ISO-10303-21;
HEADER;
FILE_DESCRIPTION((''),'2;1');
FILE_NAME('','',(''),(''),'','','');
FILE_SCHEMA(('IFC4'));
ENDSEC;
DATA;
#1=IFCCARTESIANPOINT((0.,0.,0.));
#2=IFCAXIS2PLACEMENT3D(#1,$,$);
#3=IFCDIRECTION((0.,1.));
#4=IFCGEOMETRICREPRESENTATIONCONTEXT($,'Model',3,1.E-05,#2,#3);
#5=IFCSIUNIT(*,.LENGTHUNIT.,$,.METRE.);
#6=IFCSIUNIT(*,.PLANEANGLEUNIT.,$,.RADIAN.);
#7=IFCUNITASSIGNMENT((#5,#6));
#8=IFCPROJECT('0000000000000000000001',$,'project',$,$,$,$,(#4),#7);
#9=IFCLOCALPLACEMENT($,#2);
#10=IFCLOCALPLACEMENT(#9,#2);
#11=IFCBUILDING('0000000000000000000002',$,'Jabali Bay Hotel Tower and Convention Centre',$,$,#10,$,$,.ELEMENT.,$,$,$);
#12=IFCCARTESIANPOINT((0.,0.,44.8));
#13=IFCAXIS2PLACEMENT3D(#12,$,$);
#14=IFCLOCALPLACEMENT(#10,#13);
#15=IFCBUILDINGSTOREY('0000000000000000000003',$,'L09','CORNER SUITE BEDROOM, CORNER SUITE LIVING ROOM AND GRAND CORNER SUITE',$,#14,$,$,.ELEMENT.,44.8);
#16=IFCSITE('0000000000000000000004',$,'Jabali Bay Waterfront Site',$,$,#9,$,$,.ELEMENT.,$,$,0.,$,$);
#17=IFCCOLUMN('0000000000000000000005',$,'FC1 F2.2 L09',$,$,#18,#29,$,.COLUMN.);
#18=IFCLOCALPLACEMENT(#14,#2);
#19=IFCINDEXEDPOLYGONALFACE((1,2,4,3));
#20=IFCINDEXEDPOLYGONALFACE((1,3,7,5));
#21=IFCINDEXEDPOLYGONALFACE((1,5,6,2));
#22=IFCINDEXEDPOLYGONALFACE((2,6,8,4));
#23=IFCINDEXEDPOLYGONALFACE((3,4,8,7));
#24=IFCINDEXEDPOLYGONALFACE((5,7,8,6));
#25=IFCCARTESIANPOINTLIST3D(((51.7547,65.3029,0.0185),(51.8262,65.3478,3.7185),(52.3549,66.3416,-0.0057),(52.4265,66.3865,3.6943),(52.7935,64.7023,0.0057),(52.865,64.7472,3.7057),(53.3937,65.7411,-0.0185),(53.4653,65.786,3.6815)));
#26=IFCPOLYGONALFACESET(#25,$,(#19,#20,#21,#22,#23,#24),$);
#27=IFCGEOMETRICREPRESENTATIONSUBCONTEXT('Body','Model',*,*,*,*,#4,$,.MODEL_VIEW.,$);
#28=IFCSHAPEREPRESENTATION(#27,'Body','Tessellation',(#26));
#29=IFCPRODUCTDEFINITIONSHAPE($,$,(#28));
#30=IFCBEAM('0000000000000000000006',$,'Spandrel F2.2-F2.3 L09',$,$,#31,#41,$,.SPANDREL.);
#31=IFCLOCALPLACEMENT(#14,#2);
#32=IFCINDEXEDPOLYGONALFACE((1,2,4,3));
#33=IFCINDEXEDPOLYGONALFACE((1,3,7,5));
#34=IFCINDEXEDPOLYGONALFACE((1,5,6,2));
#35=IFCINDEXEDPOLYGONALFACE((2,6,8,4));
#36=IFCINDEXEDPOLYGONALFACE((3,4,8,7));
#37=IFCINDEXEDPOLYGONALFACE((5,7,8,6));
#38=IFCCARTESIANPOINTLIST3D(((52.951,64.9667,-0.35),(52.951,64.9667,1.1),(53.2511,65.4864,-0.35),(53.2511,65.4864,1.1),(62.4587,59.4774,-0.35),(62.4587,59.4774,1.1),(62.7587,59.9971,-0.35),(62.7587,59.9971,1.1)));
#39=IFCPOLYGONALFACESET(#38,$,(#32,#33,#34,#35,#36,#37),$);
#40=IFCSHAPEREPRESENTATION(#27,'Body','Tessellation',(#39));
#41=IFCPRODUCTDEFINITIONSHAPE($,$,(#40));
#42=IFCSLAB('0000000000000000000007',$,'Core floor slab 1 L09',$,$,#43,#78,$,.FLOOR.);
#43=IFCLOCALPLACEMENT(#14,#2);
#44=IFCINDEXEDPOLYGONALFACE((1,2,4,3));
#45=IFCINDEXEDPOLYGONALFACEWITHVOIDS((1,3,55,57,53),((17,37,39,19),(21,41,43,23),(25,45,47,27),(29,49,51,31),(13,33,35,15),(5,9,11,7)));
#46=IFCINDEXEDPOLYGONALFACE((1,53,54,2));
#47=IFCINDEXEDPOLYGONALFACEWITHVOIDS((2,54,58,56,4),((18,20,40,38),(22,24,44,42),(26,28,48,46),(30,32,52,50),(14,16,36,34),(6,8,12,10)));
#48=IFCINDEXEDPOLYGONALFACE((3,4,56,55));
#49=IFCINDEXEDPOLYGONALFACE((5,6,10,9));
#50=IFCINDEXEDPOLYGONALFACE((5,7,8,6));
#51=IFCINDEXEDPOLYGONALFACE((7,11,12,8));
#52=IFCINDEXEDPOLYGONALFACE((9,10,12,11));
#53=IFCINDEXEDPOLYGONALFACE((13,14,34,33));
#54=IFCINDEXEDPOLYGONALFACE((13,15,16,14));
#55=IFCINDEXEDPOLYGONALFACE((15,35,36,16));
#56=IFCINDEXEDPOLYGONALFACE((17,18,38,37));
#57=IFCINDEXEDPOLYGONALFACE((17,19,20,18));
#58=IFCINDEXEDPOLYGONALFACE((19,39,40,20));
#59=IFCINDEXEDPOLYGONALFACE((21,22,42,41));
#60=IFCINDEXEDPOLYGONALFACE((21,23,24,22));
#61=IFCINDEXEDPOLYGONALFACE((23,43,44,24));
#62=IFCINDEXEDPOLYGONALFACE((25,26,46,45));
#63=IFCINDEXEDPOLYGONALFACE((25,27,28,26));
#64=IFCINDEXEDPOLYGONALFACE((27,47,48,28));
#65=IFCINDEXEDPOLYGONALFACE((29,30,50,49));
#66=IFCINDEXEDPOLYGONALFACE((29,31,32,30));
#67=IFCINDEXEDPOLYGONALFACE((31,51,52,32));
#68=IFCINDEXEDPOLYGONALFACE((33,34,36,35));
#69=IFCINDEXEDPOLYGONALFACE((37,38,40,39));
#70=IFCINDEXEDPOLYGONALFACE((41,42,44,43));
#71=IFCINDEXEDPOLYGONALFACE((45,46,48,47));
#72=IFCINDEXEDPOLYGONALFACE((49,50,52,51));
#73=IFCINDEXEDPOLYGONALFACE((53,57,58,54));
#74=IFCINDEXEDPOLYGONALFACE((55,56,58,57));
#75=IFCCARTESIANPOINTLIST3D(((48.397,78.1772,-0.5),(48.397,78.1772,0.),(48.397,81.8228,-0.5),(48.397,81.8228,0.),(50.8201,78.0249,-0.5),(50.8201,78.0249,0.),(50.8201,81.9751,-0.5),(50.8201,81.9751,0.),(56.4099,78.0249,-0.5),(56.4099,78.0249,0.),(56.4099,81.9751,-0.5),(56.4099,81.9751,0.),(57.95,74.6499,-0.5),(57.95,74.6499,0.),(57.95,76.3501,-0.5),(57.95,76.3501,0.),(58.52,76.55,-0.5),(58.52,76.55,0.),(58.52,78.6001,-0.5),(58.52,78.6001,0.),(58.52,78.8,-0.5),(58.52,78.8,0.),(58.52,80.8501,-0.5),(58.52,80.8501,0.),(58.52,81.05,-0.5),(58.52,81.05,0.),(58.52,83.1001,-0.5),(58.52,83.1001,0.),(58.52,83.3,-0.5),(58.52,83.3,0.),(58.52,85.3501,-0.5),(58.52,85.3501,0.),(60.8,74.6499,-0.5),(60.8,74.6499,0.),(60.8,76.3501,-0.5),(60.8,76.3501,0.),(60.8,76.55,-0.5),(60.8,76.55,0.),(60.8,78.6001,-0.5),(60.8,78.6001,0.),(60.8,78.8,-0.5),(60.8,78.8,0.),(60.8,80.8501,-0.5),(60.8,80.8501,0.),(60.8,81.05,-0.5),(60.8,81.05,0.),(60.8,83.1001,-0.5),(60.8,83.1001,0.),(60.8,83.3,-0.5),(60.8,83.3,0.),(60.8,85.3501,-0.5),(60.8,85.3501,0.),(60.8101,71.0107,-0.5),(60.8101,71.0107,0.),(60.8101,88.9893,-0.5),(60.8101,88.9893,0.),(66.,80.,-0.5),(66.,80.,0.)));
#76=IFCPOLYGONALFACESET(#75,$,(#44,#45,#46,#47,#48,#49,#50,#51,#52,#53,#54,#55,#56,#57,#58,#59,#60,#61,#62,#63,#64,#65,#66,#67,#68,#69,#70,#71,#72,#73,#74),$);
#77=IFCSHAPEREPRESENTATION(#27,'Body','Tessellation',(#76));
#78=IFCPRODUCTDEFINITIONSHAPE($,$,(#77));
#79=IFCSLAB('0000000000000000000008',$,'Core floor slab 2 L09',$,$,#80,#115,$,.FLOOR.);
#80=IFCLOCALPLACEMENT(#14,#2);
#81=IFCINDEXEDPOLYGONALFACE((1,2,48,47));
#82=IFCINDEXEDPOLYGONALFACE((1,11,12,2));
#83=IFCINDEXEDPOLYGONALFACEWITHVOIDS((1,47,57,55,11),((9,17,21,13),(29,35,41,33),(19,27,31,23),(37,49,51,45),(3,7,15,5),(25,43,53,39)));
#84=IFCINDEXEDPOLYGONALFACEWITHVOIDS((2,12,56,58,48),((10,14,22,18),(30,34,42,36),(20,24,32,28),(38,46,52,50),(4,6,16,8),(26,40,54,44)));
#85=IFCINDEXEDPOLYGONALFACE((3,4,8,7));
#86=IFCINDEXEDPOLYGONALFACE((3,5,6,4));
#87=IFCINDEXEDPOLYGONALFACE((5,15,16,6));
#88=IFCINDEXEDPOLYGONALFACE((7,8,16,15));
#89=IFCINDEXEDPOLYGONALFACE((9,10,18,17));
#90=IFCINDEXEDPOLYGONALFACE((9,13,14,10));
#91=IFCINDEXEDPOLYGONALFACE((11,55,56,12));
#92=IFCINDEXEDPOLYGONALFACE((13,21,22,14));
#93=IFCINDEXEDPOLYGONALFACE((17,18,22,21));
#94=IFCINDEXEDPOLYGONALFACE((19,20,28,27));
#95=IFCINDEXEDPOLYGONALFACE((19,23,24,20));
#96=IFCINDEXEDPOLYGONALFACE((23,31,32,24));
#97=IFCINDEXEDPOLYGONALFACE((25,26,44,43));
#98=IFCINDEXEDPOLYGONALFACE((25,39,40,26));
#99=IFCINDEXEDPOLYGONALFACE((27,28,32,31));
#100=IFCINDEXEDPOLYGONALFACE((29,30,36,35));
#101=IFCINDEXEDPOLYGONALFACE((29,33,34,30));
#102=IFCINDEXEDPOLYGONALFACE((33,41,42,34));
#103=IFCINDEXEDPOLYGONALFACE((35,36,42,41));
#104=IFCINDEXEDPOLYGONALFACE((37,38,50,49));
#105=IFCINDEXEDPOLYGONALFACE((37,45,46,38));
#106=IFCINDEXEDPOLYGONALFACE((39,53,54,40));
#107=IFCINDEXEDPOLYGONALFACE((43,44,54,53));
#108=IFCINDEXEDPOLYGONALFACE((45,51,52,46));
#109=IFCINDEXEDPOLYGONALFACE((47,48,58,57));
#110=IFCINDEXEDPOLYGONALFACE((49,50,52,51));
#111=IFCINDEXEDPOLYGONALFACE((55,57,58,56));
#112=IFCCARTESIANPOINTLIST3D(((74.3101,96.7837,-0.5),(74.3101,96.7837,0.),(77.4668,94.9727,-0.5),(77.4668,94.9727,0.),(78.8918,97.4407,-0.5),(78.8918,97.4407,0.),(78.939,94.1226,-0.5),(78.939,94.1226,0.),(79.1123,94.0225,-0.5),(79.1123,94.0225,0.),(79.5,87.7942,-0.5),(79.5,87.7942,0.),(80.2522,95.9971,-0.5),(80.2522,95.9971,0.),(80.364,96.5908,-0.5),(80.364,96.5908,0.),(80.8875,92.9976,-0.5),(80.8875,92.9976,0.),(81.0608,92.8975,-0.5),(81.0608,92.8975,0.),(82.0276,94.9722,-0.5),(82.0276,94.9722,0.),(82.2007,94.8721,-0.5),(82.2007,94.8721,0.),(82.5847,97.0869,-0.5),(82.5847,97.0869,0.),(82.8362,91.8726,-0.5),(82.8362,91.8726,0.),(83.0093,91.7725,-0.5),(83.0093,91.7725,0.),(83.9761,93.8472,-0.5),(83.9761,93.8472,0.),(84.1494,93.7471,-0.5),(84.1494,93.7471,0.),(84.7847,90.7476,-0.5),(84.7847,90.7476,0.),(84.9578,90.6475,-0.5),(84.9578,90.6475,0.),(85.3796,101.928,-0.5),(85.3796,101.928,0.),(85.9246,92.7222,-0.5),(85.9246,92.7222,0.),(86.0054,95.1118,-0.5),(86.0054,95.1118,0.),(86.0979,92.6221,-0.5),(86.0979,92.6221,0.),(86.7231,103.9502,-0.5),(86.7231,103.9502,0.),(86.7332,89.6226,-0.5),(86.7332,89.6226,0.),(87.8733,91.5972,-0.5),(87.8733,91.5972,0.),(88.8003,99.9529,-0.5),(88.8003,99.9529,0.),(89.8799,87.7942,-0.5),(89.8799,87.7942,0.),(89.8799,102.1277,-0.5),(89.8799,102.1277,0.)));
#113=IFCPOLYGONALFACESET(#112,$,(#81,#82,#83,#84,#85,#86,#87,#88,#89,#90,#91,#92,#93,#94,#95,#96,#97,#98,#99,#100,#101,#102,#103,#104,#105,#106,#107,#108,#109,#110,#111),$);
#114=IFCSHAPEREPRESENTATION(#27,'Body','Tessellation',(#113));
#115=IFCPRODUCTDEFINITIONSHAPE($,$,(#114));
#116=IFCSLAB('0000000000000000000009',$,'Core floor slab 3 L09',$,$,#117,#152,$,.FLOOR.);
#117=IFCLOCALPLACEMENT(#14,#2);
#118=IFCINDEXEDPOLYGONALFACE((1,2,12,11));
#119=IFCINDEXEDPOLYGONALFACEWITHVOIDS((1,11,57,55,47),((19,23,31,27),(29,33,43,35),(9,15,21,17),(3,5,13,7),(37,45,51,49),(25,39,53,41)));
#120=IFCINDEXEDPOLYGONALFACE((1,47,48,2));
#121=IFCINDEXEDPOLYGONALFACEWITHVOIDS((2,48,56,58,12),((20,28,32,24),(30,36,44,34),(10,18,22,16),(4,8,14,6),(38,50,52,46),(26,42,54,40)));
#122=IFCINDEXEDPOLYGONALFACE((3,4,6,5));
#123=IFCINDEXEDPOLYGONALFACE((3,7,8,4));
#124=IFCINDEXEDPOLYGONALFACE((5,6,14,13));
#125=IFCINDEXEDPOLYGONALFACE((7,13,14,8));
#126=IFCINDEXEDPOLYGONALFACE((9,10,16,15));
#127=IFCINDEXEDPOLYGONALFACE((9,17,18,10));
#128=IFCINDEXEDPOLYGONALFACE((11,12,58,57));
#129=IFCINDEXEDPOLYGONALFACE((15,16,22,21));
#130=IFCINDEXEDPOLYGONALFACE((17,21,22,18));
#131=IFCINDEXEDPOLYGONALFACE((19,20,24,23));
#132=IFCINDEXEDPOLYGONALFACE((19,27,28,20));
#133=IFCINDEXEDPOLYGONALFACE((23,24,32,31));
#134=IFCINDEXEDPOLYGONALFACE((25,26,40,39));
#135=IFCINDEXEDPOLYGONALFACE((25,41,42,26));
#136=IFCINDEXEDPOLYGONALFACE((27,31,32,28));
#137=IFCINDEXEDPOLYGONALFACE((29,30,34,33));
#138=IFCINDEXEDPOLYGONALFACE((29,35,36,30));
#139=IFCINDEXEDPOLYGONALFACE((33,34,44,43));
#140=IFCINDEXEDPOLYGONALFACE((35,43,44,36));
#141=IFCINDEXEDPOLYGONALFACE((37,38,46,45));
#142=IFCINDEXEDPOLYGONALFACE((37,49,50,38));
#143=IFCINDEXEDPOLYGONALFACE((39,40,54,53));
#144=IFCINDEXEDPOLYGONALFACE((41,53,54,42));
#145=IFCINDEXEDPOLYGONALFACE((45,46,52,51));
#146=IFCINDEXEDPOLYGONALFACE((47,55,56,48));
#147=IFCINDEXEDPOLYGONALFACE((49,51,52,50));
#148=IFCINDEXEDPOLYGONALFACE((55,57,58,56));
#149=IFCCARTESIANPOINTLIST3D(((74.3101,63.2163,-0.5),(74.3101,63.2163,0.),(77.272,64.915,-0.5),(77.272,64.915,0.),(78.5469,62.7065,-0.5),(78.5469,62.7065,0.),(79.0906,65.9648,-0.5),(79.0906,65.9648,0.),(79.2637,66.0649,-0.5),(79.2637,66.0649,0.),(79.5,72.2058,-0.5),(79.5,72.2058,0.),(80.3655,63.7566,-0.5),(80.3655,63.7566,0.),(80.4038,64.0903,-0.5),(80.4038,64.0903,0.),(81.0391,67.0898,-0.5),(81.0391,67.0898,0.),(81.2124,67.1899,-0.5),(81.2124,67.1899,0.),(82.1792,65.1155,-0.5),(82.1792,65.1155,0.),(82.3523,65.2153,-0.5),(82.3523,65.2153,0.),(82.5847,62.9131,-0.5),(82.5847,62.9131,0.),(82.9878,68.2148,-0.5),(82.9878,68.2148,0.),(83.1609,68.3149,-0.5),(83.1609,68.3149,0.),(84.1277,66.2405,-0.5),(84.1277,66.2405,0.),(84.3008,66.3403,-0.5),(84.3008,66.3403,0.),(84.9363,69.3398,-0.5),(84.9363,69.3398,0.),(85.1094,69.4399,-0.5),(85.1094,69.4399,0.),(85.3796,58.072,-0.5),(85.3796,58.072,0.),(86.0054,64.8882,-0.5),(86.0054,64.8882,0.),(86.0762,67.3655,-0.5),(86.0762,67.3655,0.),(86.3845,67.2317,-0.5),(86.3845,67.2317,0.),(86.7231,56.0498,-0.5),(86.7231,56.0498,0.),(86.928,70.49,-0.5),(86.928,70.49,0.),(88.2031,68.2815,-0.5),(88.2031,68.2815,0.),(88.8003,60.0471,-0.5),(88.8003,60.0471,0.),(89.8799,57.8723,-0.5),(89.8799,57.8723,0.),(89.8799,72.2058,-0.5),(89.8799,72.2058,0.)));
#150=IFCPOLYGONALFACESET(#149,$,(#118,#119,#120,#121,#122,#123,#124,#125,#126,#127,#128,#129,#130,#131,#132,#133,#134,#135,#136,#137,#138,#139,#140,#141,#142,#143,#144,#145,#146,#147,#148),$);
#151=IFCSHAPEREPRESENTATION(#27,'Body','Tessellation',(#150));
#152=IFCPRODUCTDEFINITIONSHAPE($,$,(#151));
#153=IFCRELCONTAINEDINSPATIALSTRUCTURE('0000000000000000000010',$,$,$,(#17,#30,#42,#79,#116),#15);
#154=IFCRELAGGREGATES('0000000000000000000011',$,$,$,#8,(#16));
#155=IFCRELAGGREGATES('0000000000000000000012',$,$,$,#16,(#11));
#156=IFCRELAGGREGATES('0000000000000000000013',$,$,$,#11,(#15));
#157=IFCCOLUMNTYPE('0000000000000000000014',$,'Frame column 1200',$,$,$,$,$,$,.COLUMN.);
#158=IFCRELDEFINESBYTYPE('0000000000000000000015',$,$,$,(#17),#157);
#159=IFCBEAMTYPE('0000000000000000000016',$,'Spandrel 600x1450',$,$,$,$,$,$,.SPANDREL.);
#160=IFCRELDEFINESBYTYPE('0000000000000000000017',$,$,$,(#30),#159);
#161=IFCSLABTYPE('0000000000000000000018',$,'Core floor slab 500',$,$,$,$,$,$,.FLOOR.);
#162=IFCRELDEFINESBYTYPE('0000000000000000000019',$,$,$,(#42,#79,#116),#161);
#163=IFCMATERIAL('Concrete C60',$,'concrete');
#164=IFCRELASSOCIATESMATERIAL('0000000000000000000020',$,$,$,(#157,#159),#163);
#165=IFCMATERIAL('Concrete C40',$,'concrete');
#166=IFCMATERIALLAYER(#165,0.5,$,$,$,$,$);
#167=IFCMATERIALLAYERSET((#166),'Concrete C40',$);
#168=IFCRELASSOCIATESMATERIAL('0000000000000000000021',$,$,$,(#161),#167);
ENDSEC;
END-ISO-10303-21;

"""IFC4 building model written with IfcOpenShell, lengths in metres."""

from ifc_helpers import new_model, si_unit, direction, frame, origin, origin_2d, place, context, subcontext, project, spatial, polyline, rectangle, outline, extrude, material, layer, layer_set, material_profile, profile_set, type_object, element, save


model = new_model("IFC4")

# Units and contexts
model_context = context("Model", 3, precision=1e-05, world=origin(), true_north=direction((0.0, 1.0)))
body_context = subcontext(model_context, "Body", "Model", "MODEL_VIEW")
ifc_project = project(units=[si_unit("LENGTHUNIT", "METRE"), si_unit("PLANEANGLEUNIT", "RADIAN")], contexts=[model_context])

# Site, building, storey
site_placement = place(None, origin())
site = spatial("IfcSite", under=ifc_project, at=site_placement, Name="Jabali Bay Waterfront Site", CompositionType="ELEMENT", RefElevation=0.0)
building_placement = place(site_placement, origin())
building = spatial("IfcBuilding", under=site, at=building_placement, Name="Jabali Bay Hotel Tower and Convention Centre", CompositionType="ELEMENT")
storey_placement = place(building_placement, frame((0.0, 0.0, 44.8)))
storey = spatial("IfcBuildingStorey", under=building, at=storey_placement, Name="L09", Description="CORNER SUITE BEDROOM, CORNER SUITE LIVING ROOM AND GRAND CORNER SUITE", CompositionType="ELEMENT", Elevation=44.8)

# Column
ifc_material_1 = material(Name="Concrete C60", Category="concrete")
ifc_material_profile_1 = material_profile(ifc_material_1, rectangle(XDim=1.2, YDim=1.2, at=origin_2d()), Name="Frame column 1200")
ifc_profile_set_1 = profile_set([ifc_material_profile_1], Name="Concrete C60")
column_type = type_object("IfcColumnType", Name="Frame column 1200", PredefinedType="COLUMN", material=ifc_profile_set_1)
column_placement = place(storey_placement, frame((52.5742, 65.522, 0.0), z_axis=(0.019329, 0.012138, 0.99974), x_axis=(-0.865686, 0.500474, 0.01066)))
element("IfcColumn", 1, at=column_placement, inside=storey, type_object=column_type, Name="FC1 F2.2 L09", PredefinedType="COLUMN", context=body_context, shape_type="SweptSolid", body=[
    extrude(rectangle(XDim=1.2, YDim=1.2, at=origin_2d()), origin(), (0.0, 0.0, 1.0), 3.7009),
])

# Beam
ifc_material_profile_2 = material_profile(ifc_material_1, rectangle(XDim=0.6001, YDim=1.45, at=origin_2d()), Name="Spandrel 600x1450")
ifc_profile_set_2 = profile_set([ifc_material_profile_2], Name="Concrete C60")
beam_type = type_object("IfcBeamType", Name="Spandrel 600x1450", PredefinedType="SPANDREL", material=ifc_profile_set_2)
beam_placement = place(storey_placement, frame((53.1011, 65.2266, 0.375), z_axis=(0.866023, -0.500004, 0.0), x_axis=(0.500004, 0.866023, 0.0)))
element("IfcBeam", 2, at=beam_placement, inside=storey, type_object=beam_type, Name="Spandrel F2.2-F2.3 L09", PredefinedType="SPANDREL", context=body_context, shape_type="SweptSolid", body=[
    extrude(rectangle(XDim=0.6001, YDim=1.45, at=origin_2d()), origin(), (0.0, 0.0, 1.0), 10.9785),
])

# Slabs
ifc_material_2 = material(Name="Concrete C40", Category="concrete")
ifc_layer_1 = layer(ifc_material_2, 0.5)
ifc_layer_set_1 = layer_set([ifc_layer_1], Name="Concrete C40")
slab_type_1 = type_object("IfcSlabType", Name="Core floor slab 500", PredefinedType="FLOOR", material=ifc_layer_set_1)
slab_1_placement = place(storey_placement, frame((0.0, 0.0, -0.5)))
element("IfcSlab", 3, at=slab_1_placement, inside=storey, type_object=slab_type_1, Name="Core floor slab 1 L09", PredefinedType="FLOOR", context=body_context, shape_type="SweptSolid", body=[
    extrude(outline(polyline([(66.0, 80.0), (60.8101, 88.9893), (48.397, 81.8228), (48.397, 78.1772), (60.8101, 71.0107), (66.0, 80.0)]), holes=[polyline([(60.8, 74.6499), (60.8, 76.3501), (57.95, 76.3501), (57.95, 74.6499), (60.8, 74.6499)]), polyline([(58.52, 76.55), (60.8, 76.55), (60.8, 78.6001), (58.52, 78.6001), (58.52, 76.55)]), polyline([(58.52, 78.8), (60.8, 78.8), (60.8, 80.8501), (58.52, 80.8501), (58.52, 78.8)]), polyline([(56.4099, 81.9751), (50.8201, 81.9751), (50.8201, 78.0249), (56.4099, 78.0249), (56.4099, 81.9751)]), polyline([(58.52, 81.05), (60.8, 81.05), (60.8, 83.1001), (58.52, 83.1001), (58.52, 81.05)]), polyline([(58.52, 83.3), (60.8, 83.3), (60.8, 85.3501), (58.52, 85.3501), (58.52, 83.3)])]), origin(), (0.0, 0.0, 1.0), 0.5),
])
slab_2_placement = place(storey_placement, frame((0.0, 0.0, -0.5)))
element("IfcSlab", 4, at=slab_2_placement, inside=storey, type_object=slab_type_1, Name="Core floor slab 2 L09", PredefinedType="FLOOR", context=body_context, shape_type="SweptSolid", body=[
    extrude(outline(polyline([(79.5, 87.7942), (89.8799, 87.7942), (89.8799, 102.1277), (86.7231, 103.9502), (74.3101, 96.7837), (79.5, 87.7942)]), holes=[polyline([(84.9578, 90.6475), (86.7332, 89.6226), (87.8733, 91.5972), (86.0979, 92.6221), (84.9578, 90.6475)]), polyline([(84.1494, 93.7471), (83.0093, 91.7725), (84.7847, 90.7476), (85.9246, 92.7222), (84.1494, 93.7471)]), polyline([(82.2007, 94.8721), (81.0608, 92.8975), (82.8362, 91.8726), (83.9761, 93.8472), (82.2007, 94.8721)]), polyline([(79.1123, 94.0225), (80.8875, 92.9976), (82.0276, 94.9722), (80.2522, 95.9971), (79.1123, 94.0225)]), polyline([(78.8918, 97.4407), (77.4668, 94.9727), (78.939, 94.1226), (80.364, 96.5908), (78.8918, 97.4407)]), polyline([(82.5847, 97.0869), (86.0054, 95.1118), (88.8003, 99.9529), (85.3796, 101.928), (82.5847, 97.0869)])]), origin(), (0.0, 0.0, 1.0), 0.5),
])
slab_3_placement = place(storey_placement, frame((0.0, 0.0, -0.5)))
element("IfcSlab", 5, at=slab_3_placement, inside=storey, type_object=slab_type_1, Name="Core floor slab 3 L09", PredefinedType="FLOOR", context=body_context, shape_type="SweptSolid", body=[
    extrude(outline(polyline([(79.5, 72.2058), (74.3101, 63.2163), (86.7231, 56.0498), (89.8799, 57.8723), (89.8799, 72.2058), (79.5, 72.2058)]), holes=[polyline([(82.5847, 62.9131), (85.3796, 58.072), (88.8003, 60.0471), (86.0054, 64.8882), (82.5847, 62.9131)]), polyline([(80.3655, 63.7566), (79.0906, 65.9648), (77.272, 64.915), (78.5469, 62.7065), (80.3655, 63.7566)]), polyline([(82.1792, 65.1155), (81.0391, 67.0898), (79.2637, 66.0649), (80.4038, 64.0903), (82.1792, 65.1155)]), polyline([(82.9878, 68.2148), (81.2124, 67.1899), (82.3523, 65.2153), (84.1277, 66.2405), (82.9878, 68.2148)]), polyline([(86.0762, 67.3655), (84.9363, 69.3398), (83.1609, 68.3149), (84.3008, 66.3403), (86.0762, 67.3655)]), polyline([(88.2031, 68.2815), (86.928, 70.49), (85.1094, 69.4399), (86.3845, 67.2317), (88.2031, 68.2815)])]), origin(), (0.0, 0.0, 1.0), 0.5),
])

save(model, "model.ifc")
